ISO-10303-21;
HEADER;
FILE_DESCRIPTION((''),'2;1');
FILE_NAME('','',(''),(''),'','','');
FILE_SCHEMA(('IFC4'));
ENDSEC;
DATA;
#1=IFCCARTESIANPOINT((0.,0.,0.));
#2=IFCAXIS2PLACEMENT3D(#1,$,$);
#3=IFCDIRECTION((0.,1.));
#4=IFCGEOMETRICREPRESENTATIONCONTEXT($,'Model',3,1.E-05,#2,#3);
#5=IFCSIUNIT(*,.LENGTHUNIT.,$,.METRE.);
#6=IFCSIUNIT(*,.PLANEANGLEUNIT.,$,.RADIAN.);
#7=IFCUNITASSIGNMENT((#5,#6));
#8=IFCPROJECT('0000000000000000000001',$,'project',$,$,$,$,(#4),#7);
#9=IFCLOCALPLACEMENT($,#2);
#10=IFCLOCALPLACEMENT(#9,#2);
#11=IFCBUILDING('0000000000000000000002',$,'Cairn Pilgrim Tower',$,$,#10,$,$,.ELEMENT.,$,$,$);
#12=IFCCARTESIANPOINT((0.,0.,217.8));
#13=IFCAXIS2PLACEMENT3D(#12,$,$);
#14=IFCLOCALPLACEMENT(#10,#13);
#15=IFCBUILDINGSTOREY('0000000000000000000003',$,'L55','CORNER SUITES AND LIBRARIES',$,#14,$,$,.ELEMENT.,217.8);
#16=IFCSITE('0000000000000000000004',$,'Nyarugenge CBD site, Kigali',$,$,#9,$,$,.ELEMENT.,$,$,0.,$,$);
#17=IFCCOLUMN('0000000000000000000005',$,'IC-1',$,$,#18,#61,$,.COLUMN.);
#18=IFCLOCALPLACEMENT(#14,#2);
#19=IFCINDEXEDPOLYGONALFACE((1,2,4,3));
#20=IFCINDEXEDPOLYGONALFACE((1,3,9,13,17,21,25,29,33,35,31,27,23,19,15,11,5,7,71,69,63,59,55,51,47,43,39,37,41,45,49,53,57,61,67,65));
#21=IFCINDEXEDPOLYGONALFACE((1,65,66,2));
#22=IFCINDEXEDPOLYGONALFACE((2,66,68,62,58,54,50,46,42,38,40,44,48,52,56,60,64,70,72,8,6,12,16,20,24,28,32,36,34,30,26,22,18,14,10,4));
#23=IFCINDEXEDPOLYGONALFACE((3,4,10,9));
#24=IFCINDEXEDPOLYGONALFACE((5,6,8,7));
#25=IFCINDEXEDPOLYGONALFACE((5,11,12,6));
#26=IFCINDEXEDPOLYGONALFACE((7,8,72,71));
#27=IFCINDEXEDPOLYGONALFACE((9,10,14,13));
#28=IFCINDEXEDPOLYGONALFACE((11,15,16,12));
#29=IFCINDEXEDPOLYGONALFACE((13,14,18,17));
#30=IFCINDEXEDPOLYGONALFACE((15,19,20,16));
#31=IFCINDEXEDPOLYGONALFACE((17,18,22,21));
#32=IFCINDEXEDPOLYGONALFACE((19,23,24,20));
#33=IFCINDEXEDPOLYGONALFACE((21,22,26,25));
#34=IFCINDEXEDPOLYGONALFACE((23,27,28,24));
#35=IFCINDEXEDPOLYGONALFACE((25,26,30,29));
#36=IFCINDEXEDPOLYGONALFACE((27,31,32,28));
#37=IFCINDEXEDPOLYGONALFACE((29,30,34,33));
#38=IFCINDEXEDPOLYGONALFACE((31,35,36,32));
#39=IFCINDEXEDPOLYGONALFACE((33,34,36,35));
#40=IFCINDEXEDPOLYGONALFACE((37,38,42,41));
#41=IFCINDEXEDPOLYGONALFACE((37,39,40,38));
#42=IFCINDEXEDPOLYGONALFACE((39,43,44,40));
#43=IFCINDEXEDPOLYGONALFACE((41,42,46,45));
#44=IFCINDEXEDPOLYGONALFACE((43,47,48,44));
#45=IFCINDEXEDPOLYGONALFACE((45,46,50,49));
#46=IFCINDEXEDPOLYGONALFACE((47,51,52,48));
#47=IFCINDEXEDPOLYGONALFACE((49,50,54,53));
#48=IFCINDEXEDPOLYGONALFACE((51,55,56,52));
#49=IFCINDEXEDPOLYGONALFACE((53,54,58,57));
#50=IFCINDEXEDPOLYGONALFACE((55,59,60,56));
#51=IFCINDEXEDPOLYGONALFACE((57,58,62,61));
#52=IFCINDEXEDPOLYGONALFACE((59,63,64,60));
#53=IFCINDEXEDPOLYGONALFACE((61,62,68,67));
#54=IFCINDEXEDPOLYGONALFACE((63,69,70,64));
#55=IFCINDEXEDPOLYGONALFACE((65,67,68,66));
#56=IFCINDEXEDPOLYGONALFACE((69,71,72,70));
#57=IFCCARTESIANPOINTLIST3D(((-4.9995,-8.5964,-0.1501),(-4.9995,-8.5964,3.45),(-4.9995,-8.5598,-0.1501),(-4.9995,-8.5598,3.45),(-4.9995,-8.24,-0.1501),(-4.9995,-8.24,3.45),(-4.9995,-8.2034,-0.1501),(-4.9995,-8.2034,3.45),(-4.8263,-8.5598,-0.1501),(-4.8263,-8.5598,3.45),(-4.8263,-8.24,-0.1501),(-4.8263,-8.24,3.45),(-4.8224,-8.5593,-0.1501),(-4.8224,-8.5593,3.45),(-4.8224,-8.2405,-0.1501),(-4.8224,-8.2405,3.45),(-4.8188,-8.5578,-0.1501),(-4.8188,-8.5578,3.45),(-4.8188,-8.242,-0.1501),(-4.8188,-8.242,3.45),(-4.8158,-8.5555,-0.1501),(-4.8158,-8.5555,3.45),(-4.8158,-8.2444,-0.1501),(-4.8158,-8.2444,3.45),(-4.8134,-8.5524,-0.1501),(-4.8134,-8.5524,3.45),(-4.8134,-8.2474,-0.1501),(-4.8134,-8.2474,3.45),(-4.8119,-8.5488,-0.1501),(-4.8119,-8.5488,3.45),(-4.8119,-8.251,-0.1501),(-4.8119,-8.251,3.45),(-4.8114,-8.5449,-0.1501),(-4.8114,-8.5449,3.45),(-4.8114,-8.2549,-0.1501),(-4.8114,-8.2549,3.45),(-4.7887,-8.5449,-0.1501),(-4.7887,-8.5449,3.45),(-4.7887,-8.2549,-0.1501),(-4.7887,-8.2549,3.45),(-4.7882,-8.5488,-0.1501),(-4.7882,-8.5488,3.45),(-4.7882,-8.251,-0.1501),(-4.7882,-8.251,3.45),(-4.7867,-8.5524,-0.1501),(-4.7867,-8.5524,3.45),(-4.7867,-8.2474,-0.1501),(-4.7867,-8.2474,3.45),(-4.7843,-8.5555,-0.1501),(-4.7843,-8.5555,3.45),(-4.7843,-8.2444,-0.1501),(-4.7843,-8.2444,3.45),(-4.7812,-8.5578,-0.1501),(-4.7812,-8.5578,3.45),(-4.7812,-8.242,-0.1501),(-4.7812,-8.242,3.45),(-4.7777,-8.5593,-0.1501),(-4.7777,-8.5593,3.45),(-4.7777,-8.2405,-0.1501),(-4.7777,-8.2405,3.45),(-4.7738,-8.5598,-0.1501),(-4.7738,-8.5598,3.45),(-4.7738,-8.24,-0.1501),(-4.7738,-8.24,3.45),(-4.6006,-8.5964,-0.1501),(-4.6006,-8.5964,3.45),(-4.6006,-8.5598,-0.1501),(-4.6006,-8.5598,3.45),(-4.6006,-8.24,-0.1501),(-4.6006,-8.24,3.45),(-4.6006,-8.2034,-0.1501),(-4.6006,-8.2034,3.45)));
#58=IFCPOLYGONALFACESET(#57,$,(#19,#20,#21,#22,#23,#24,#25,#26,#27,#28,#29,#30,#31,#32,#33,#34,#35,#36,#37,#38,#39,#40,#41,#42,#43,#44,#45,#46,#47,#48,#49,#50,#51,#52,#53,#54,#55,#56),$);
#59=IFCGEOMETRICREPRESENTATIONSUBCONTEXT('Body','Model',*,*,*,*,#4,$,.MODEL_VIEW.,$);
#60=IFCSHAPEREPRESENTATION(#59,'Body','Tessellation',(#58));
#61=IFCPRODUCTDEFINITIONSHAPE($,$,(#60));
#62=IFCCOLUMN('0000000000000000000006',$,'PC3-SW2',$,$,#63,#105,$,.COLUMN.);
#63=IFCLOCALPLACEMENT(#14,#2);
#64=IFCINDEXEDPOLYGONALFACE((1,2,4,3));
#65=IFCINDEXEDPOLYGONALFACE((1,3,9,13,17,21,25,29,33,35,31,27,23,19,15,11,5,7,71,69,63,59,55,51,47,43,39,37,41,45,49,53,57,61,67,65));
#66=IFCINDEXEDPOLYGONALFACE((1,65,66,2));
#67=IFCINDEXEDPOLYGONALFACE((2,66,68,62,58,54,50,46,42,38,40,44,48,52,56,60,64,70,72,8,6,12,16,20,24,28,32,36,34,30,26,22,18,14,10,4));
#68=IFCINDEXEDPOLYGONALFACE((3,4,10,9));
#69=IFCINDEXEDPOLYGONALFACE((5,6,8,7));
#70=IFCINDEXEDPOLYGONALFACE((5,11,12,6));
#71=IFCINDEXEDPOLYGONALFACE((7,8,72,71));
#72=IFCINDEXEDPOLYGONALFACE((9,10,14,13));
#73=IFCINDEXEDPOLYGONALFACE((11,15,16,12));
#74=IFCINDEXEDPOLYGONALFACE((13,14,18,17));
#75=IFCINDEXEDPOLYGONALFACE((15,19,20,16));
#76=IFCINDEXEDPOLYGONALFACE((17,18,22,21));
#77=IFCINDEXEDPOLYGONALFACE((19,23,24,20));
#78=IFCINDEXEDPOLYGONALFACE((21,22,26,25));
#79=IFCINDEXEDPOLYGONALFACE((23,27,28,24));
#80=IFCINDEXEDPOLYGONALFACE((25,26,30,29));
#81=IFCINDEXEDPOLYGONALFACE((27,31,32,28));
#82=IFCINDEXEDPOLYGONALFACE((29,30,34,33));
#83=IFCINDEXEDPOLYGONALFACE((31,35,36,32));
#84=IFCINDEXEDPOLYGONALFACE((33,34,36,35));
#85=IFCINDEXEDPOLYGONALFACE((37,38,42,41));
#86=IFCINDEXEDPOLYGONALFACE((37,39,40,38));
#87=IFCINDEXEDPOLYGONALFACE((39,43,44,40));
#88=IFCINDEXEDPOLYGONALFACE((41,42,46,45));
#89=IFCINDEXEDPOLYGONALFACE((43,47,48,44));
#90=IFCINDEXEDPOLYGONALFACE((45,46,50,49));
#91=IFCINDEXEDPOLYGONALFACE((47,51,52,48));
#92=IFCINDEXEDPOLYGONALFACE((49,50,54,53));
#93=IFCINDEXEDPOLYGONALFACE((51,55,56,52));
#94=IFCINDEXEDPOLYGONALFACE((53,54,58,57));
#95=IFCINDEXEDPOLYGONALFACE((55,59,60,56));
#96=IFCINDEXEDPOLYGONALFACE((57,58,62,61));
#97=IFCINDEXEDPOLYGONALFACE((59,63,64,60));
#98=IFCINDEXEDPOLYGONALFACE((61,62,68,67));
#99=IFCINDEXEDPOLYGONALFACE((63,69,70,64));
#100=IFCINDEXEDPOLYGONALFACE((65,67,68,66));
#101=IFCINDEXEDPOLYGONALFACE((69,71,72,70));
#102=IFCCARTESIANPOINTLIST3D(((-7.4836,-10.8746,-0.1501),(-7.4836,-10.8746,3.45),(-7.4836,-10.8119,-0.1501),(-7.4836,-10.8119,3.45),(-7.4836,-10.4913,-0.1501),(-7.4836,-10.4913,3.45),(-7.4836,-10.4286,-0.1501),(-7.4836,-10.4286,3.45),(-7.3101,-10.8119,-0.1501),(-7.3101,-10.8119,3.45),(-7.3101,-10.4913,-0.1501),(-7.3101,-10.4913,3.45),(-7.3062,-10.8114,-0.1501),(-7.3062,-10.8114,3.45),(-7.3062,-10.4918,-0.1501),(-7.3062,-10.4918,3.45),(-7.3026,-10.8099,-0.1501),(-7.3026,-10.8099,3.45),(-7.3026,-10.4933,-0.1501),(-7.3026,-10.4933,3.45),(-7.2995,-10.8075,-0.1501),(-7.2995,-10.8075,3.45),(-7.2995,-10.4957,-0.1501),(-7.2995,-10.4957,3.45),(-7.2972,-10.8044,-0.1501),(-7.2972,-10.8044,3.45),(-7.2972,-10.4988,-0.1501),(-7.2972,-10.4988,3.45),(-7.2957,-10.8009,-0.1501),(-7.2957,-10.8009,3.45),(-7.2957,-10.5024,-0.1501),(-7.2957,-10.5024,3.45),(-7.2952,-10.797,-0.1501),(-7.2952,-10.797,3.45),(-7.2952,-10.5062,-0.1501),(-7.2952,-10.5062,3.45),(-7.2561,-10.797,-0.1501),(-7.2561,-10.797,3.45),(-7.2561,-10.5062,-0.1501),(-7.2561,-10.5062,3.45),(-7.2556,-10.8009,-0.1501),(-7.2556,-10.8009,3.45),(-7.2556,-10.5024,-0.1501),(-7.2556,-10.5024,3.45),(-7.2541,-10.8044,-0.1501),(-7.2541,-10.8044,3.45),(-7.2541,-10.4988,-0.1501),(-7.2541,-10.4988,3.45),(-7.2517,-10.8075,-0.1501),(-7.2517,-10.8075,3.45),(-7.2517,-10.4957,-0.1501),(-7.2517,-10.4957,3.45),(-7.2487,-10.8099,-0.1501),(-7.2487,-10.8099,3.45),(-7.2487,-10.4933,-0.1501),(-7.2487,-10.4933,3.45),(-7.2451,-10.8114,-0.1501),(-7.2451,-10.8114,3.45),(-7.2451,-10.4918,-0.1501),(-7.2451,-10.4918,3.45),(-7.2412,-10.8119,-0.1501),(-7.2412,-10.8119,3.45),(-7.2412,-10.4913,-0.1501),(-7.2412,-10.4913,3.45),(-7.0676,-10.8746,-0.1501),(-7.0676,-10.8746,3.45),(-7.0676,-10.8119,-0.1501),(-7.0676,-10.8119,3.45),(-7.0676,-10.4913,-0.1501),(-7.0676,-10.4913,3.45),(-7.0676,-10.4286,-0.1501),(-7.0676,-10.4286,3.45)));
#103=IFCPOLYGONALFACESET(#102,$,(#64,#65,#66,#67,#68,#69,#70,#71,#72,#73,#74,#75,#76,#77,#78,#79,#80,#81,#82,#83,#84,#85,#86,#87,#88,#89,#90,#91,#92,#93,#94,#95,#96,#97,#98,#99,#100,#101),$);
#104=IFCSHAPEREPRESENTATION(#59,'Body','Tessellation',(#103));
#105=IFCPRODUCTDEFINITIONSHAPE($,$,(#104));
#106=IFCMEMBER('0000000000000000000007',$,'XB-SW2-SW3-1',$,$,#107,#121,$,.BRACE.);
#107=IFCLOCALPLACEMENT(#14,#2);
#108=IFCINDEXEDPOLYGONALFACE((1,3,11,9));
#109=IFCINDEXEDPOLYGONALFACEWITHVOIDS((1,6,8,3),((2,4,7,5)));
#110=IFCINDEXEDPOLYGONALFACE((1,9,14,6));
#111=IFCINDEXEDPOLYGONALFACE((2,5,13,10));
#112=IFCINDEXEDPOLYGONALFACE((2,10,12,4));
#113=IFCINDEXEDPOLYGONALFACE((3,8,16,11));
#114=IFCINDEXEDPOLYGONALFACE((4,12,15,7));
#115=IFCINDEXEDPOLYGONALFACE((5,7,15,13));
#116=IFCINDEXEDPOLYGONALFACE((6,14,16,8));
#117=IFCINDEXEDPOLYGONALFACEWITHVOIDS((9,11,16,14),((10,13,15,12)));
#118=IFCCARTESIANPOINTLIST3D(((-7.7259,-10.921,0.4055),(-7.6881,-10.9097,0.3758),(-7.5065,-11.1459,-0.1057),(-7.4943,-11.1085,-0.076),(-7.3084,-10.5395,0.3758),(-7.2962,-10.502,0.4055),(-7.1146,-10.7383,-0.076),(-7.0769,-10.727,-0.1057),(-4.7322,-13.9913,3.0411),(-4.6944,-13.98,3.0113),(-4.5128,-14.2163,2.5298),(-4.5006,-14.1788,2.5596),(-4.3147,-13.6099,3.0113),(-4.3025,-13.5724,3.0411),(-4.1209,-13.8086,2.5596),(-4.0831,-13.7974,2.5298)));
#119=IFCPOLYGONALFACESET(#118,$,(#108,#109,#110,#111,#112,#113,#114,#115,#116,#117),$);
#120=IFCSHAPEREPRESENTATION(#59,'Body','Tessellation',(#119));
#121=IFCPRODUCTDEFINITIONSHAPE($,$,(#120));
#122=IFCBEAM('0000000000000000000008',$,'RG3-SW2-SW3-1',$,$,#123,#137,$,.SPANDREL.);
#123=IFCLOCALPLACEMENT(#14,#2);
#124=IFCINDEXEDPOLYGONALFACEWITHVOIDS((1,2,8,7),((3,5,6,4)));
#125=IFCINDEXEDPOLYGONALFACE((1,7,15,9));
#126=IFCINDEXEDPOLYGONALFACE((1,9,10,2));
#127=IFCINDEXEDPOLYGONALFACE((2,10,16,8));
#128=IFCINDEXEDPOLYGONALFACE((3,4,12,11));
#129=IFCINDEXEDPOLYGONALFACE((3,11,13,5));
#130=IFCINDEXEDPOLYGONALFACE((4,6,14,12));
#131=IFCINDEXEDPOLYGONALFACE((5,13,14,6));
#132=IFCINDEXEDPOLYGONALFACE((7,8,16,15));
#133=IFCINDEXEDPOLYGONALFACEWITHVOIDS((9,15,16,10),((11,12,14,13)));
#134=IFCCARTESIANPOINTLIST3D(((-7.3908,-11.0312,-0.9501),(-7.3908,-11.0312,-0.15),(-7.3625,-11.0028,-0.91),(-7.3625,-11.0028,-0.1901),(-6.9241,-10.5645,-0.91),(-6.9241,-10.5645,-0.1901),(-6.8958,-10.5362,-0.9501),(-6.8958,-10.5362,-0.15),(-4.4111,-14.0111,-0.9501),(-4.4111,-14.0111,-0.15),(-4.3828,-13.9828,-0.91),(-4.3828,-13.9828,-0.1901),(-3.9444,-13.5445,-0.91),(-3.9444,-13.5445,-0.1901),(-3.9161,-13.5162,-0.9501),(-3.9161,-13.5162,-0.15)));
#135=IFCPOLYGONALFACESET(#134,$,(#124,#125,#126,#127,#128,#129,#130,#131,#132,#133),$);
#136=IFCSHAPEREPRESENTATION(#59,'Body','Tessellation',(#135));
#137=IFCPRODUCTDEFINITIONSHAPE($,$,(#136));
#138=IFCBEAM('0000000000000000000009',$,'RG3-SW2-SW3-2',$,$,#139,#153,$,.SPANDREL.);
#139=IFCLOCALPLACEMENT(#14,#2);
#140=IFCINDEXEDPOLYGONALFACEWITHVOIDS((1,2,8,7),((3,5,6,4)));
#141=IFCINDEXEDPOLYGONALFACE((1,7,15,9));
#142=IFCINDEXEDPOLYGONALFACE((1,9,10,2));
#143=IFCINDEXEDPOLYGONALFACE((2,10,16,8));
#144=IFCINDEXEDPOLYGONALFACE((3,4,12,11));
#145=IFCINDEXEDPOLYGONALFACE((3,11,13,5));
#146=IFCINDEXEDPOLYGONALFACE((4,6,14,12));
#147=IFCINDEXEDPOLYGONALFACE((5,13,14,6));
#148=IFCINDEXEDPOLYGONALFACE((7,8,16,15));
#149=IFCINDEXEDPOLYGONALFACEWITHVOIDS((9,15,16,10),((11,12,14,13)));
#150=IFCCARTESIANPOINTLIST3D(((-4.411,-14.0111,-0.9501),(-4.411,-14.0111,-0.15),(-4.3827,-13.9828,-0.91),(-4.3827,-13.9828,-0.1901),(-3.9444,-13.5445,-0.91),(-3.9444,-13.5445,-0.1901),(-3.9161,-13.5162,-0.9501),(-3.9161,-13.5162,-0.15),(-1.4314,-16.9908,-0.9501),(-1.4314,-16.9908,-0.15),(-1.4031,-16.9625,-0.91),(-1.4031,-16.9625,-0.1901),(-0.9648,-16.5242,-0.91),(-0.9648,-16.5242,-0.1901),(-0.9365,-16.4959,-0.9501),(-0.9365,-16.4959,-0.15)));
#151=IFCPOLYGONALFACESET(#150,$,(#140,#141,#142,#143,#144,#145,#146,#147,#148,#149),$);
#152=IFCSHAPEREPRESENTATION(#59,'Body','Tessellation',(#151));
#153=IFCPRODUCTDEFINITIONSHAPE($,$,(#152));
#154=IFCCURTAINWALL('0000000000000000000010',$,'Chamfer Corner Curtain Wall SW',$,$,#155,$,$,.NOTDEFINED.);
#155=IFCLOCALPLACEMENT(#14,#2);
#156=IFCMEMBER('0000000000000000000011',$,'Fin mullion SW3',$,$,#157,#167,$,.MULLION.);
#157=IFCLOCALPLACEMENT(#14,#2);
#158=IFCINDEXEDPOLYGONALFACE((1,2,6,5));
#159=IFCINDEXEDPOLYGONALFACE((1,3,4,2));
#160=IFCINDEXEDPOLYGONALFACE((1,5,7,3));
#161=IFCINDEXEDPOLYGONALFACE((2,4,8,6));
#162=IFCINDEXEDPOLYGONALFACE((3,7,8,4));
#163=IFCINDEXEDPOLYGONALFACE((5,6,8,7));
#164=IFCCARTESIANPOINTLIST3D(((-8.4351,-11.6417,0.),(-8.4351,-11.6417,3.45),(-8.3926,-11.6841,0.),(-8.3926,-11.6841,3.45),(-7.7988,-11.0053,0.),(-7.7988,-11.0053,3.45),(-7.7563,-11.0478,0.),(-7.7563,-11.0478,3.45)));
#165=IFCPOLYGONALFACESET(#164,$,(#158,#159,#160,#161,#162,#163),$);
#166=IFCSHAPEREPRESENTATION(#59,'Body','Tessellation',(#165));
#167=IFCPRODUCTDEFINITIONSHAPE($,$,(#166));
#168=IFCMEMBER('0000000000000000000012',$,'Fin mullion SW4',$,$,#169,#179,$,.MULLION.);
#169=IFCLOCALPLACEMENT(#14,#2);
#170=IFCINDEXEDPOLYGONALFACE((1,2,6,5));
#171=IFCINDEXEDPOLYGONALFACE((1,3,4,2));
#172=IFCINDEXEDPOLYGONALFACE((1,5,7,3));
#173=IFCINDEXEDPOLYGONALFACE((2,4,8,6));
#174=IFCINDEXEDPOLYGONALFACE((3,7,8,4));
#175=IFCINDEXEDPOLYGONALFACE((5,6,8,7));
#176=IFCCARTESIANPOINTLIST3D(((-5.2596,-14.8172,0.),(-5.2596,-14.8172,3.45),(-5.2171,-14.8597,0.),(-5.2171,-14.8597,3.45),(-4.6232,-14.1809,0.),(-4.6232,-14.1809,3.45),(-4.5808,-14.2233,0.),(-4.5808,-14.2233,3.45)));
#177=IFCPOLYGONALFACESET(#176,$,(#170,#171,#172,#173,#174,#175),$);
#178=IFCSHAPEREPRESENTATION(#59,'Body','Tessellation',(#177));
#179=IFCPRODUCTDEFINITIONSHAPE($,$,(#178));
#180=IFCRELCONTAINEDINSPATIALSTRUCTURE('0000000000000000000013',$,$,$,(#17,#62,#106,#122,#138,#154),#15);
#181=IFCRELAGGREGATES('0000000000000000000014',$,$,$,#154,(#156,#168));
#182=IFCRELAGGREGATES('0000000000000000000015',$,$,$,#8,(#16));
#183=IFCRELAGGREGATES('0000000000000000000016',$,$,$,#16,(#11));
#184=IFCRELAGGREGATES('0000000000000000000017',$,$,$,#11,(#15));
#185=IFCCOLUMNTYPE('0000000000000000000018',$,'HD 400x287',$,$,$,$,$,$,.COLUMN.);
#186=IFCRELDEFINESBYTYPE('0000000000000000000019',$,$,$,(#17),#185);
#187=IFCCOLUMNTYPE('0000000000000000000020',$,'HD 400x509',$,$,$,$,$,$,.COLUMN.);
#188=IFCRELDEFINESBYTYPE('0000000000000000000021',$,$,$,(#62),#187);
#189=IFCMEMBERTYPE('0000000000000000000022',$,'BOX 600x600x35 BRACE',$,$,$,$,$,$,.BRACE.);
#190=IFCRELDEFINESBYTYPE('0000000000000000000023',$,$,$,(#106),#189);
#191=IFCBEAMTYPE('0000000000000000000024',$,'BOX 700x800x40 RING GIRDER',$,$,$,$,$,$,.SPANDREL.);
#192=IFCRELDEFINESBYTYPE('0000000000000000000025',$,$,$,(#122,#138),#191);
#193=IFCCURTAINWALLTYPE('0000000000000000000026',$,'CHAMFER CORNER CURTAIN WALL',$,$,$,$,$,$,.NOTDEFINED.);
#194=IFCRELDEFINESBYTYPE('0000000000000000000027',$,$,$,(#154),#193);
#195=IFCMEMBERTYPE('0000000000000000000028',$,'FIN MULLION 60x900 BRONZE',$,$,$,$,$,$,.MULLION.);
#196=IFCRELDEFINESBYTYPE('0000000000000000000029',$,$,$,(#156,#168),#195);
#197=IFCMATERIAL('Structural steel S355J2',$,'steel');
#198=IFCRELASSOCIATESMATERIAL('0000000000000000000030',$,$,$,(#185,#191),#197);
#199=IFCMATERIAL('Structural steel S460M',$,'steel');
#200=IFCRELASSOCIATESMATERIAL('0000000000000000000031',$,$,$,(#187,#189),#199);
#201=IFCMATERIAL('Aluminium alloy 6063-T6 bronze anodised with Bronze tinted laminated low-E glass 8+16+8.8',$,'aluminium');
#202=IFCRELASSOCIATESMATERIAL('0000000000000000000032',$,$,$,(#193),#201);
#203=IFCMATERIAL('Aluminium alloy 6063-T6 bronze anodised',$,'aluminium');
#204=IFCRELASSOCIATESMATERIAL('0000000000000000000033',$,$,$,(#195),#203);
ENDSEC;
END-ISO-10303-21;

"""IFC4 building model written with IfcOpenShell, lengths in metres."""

from ifc_helpers import new_model, si_unit, direction, frame, origin, origin_2d, place, context, subcontext, project, spatial, rectangle, hollow_rectangle, i_section, extrude, material, material_profile, profile_set, type_object, element, aggregate, save


model = new_model("IFC4")

# Units and contexts
model_context = context("Model", 3, precision=1e-05, world=origin(), true_north=direction((0.0, 1.0)))
body_context = subcontext(model_context, "Body", "Model", "MODEL_VIEW")
ifc_project = project(units=[si_unit("LENGTHUNIT", "METRE"), si_unit("PLANEANGLEUNIT", "RADIAN")], contexts=[model_context])

# Site, building, storey
site_placement = place(None, origin())
site = spatial("IfcSite", under=ifc_project, at=site_placement, Name="Nyarugenge CBD site, Kigali", CompositionType="ELEMENT", RefElevation=0.0)
building_placement = place(site_placement, origin())
building = spatial("IfcBuilding", under=site, at=building_placement, Name="Cairn Pilgrim Tower", CompositionType="ELEMENT")
storey_placement = place(building_placement, frame((0.0, 0.0, 217.8)))
storey = spatial("IfcBuildingStorey", under=building, at=storey_placement, Name="L55", Description="CORNER SUITES AND LIBRARIES", CompositionType="ELEMENT", Elevation=217.8)

# Columns
ifc_material_1 = material(Name="Structural steel S355J2", Category="steel")
ifc_material_profile_1 = material_profile(ifc_material_1, i_section(OverallWidth=0.3989, OverallDepth=0.3931, WebThickness=0.0227, FlangeThickness=0.0366, FilletRadius=0.0149, at=origin_2d()), Name="HD 400x287")
ifc_profile_set_1 = profile_set([ifc_material_profile_1], Name="Structural steel S355J2")
column_type_1 = type_object("IfcColumnType", Name="HD 400x287", PredefinedType="COLUMN", material=ifc_profile_set_1)
column_1_placement = place(storey_placement, frame((-4.8, -8.3999, -0.1501), z_axis=(0.0, 0.0, 1.0), x_axis=(1.0, 0.0, 0.0)))
element("IfcColumn", 1, at=column_1_placement, inside=storey, type_object=column_type_1, Name="IC-1", PredefinedType="COLUMN", context=body_context, shape_type="SweptSolid", body=[
    extrude(i_section(OverallWidth=0.3989, OverallDepth=0.3931, WebThickness=0.0227, FlangeThickness=0.0366, FilletRadius=0.0149, at=origin_2d()), origin(), (0.0, 0.0, 1.0), 3.6001),
])
ifc_material_2 = material(Name="Structural steel S460M", Category="steel")
ifc_material_profile_2 = material_profile(ifc_material_2, i_section(OverallWidth=0.416, OverallDepth=0.446, WebThickness=0.0391, FlangeThickness=0.0627, FilletRadius=0.0149, at=origin_2d()), Name="HD 400x509")
ifc_profile_set_2 = profile_set([ifc_material_profile_2], Name="Structural steel S460M")
column_type_2 = type_object("IfcColumnType", Name="HD 400x509", PredefinedType="COLUMN", material=ifc_profile_set_2)
column_2_placement = place(storey_placement, frame((-7.2756, -10.6516, -0.1501), z_axis=(0.0, 0.0, 1.0), x_axis=(1.0, 0.0, 0.0)))
element("IfcColumn", 2, at=column_2_placement, inside=storey, type_object=column_type_2, Name="PC3-SW2", PredefinedType="COLUMN", context=body_context, shape_type="SweptSolid", body=[
    extrude(i_section(OverallWidth=0.416, OverallDepth=0.446, WebThickness=0.0391, FlangeThickness=0.0627, FilletRadius=0.0149, at=origin_2d()), origin(), (0.0, 0.0, 1.0), 3.6001),
])

# Member
ifc_material_profile_3 = material_profile(ifc_material_2, hollow_rectangle(XDim=0.6001, YDim=0.6001, WallThickness=0.0349, at=origin_2d()), Name="BOX 600x600x35")
ifc_profile_set_3 = profile_set([ifc_material_profile_3], Name="Structural steel S460M")
member_type_1 = type_object("IfcMemberType", Name="BOX 600x600x35 BRACE", PredefinedType="BRACE", material=ifc_profile_set_3)
member_1_placement = place(storey_placement, frame((-7.4014, -10.824, 0.1499), z_axis=(0.594763, -0.609994, 0.523607), x_axis=(0.715989, 0.698112, 0.0)))
element("IfcMember", 3, at=member_1_placement, inside=storey, type_object=member_type_1, Name="XB-SW2-SW3-1", PredefinedType="BRACE", context=body_context, shape_type="SweptSolid", body=[
    extrude(hollow_rectangle(XDim=0.6001, YDim=0.6001, WallThickness=0.0349, at=origin_2d()), origin(), (0.0, 0.0, 1.0), 5.0334),
])

# Beams
ifc_material_profile_4 = material_profile(ifc_material_1, hollow_rectangle(XDim=0.7, YDim=0.8, WallThickness=0.04, at=origin_2d()), Name="BOX 700x800x40")
ifc_profile_set_4 = profile_set([ifc_material_profile_4], Name="Structural steel S355J2")
beam_type_1 = type_object("IfcBeamType", Name="BOX 700x800x40 RING GIRDER", PredefinedType="SPANDREL", material=ifc_profile_set_4)
beam_1_placement = place(storey_placement, frame((-7.1433, -10.7837, -0.55), z_axis=(0.707078, -0.707136, 0.0), x_axis=(0.707136, 0.707078, 0.0)))
element("IfcBeam", 4, at=beam_1_placement, inside=storey, type_object=beam_type_1, Name="RG3-SW2-SW3-1", PredefinedType="SPANDREL", context=body_context, shape_type="SweptSolid", body=[
    extrude(hollow_rectangle(XDim=0.7, YDim=0.8, WallThickness=0.04, at=origin_2d()), origin(), (0.0, 0.0, 1.0), 4.2141),
])
beam_2_placement = place(storey_placement, frame((-4.1636, -13.7637, -0.55), z_axis=(0.707107, -0.707107, 0.0), x_axis=(0.707107, 0.707107, 0.0)))
element("IfcBeam", 5, at=beam_2_placement, inside=storey, type_object=beam_type_1, Name="RG3-SW2-SW3-2", PredefinedType="SPANDREL", context=body_context, shape_type="SweptSolid", body=[
    extrude(hollow_rectangle(XDim=0.7, YDim=0.8, WallThickness=0.04, at=origin_2d()), origin(), (0.0, 0.0, 1.0), 4.2139),
])

# Curtain wall, members
ifc_material_3 = material(Name="Aluminium alloy 6063-T6 bronze anodised with Bronze tinted laminated low-E glass 8+16+8.8", Category="aluminium")
curtain_wall_type = type_object("IfcCurtainWallType", Name="CHAMFER CORNER CURTAIN WALL", PredefinedType="NOTDEFINED", material=ifc_material_3)
curtain_wall_placement = place(storey_placement, origin())
curtain_wall = element("IfcCurtainWall", 6, at=curtain_wall_placement, inside=storey, type_object=curtain_wall_type, Name="Chamfer Corner Curtain Wall SW", PredefinedType="NOTDEFINED")
ifc_material_4 = material(Name="Aluminium alloy 6063-T6 bronze anodised", Category="aluminium")
ifc_material_profile_5 = material_profile(ifc_material_4, rectangle(XDim=0.8999, YDim=0.0601, at=origin_2d()), Name="FIN MULLION 60x900 BRONZE")
ifc_profile_set_5 = profile_set([ifc_material_profile_5], Name="Aluminium alloy 6063-T6 bronze anodised")
member_type_2 = type_object("IfcMemberType", Name="FIN MULLION 60x900 BRONZE", PredefinedType="MULLION", material=ifc_profile_set_5)
member_2_placement = place(storey_placement, frame((-8.0957, -11.3447, 0.0), z_axis=(0.0, 0.0, 1.0), x_axis=(-0.707107, -0.707107, 0.0)))
member_2 = element("IfcMember", 7, at=member_2_placement, type_object=member_type_2, Name="Fin mullion SW3", PredefinedType="MULLION", context=body_context, shape_type="SweptSolid", body=[
    extrude(rectangle(XDim=0.8999, YDim=0.0601, at=origin_2d()), origin(), (0.0, 0.0, 1.0), 3.45),
])
member_3_placement = place(storey_placement, frame((-4.9202, -14.5203, 0.0), z_axis=(0.0, 0.0, 1.0), x_axis=(-0.707107, -0.707107, 0.0)))
member_3 = element("IfcMember", 8, at=member_3_placement, type_object=member_type_2, Name="Fin mullion SW4", PredefinedType="MULLION", context=body_context, shape_type="SweptSolid", body=[
    extrude(rectangle(XDim=0.8999, YDim=0.0601, at=origin_2d()), origin(), (0.0, 0.0, 1.0), 3.45),
])

aggregate(curtain_wall, [member_2, member_3])

save(model, "model.ifc")
